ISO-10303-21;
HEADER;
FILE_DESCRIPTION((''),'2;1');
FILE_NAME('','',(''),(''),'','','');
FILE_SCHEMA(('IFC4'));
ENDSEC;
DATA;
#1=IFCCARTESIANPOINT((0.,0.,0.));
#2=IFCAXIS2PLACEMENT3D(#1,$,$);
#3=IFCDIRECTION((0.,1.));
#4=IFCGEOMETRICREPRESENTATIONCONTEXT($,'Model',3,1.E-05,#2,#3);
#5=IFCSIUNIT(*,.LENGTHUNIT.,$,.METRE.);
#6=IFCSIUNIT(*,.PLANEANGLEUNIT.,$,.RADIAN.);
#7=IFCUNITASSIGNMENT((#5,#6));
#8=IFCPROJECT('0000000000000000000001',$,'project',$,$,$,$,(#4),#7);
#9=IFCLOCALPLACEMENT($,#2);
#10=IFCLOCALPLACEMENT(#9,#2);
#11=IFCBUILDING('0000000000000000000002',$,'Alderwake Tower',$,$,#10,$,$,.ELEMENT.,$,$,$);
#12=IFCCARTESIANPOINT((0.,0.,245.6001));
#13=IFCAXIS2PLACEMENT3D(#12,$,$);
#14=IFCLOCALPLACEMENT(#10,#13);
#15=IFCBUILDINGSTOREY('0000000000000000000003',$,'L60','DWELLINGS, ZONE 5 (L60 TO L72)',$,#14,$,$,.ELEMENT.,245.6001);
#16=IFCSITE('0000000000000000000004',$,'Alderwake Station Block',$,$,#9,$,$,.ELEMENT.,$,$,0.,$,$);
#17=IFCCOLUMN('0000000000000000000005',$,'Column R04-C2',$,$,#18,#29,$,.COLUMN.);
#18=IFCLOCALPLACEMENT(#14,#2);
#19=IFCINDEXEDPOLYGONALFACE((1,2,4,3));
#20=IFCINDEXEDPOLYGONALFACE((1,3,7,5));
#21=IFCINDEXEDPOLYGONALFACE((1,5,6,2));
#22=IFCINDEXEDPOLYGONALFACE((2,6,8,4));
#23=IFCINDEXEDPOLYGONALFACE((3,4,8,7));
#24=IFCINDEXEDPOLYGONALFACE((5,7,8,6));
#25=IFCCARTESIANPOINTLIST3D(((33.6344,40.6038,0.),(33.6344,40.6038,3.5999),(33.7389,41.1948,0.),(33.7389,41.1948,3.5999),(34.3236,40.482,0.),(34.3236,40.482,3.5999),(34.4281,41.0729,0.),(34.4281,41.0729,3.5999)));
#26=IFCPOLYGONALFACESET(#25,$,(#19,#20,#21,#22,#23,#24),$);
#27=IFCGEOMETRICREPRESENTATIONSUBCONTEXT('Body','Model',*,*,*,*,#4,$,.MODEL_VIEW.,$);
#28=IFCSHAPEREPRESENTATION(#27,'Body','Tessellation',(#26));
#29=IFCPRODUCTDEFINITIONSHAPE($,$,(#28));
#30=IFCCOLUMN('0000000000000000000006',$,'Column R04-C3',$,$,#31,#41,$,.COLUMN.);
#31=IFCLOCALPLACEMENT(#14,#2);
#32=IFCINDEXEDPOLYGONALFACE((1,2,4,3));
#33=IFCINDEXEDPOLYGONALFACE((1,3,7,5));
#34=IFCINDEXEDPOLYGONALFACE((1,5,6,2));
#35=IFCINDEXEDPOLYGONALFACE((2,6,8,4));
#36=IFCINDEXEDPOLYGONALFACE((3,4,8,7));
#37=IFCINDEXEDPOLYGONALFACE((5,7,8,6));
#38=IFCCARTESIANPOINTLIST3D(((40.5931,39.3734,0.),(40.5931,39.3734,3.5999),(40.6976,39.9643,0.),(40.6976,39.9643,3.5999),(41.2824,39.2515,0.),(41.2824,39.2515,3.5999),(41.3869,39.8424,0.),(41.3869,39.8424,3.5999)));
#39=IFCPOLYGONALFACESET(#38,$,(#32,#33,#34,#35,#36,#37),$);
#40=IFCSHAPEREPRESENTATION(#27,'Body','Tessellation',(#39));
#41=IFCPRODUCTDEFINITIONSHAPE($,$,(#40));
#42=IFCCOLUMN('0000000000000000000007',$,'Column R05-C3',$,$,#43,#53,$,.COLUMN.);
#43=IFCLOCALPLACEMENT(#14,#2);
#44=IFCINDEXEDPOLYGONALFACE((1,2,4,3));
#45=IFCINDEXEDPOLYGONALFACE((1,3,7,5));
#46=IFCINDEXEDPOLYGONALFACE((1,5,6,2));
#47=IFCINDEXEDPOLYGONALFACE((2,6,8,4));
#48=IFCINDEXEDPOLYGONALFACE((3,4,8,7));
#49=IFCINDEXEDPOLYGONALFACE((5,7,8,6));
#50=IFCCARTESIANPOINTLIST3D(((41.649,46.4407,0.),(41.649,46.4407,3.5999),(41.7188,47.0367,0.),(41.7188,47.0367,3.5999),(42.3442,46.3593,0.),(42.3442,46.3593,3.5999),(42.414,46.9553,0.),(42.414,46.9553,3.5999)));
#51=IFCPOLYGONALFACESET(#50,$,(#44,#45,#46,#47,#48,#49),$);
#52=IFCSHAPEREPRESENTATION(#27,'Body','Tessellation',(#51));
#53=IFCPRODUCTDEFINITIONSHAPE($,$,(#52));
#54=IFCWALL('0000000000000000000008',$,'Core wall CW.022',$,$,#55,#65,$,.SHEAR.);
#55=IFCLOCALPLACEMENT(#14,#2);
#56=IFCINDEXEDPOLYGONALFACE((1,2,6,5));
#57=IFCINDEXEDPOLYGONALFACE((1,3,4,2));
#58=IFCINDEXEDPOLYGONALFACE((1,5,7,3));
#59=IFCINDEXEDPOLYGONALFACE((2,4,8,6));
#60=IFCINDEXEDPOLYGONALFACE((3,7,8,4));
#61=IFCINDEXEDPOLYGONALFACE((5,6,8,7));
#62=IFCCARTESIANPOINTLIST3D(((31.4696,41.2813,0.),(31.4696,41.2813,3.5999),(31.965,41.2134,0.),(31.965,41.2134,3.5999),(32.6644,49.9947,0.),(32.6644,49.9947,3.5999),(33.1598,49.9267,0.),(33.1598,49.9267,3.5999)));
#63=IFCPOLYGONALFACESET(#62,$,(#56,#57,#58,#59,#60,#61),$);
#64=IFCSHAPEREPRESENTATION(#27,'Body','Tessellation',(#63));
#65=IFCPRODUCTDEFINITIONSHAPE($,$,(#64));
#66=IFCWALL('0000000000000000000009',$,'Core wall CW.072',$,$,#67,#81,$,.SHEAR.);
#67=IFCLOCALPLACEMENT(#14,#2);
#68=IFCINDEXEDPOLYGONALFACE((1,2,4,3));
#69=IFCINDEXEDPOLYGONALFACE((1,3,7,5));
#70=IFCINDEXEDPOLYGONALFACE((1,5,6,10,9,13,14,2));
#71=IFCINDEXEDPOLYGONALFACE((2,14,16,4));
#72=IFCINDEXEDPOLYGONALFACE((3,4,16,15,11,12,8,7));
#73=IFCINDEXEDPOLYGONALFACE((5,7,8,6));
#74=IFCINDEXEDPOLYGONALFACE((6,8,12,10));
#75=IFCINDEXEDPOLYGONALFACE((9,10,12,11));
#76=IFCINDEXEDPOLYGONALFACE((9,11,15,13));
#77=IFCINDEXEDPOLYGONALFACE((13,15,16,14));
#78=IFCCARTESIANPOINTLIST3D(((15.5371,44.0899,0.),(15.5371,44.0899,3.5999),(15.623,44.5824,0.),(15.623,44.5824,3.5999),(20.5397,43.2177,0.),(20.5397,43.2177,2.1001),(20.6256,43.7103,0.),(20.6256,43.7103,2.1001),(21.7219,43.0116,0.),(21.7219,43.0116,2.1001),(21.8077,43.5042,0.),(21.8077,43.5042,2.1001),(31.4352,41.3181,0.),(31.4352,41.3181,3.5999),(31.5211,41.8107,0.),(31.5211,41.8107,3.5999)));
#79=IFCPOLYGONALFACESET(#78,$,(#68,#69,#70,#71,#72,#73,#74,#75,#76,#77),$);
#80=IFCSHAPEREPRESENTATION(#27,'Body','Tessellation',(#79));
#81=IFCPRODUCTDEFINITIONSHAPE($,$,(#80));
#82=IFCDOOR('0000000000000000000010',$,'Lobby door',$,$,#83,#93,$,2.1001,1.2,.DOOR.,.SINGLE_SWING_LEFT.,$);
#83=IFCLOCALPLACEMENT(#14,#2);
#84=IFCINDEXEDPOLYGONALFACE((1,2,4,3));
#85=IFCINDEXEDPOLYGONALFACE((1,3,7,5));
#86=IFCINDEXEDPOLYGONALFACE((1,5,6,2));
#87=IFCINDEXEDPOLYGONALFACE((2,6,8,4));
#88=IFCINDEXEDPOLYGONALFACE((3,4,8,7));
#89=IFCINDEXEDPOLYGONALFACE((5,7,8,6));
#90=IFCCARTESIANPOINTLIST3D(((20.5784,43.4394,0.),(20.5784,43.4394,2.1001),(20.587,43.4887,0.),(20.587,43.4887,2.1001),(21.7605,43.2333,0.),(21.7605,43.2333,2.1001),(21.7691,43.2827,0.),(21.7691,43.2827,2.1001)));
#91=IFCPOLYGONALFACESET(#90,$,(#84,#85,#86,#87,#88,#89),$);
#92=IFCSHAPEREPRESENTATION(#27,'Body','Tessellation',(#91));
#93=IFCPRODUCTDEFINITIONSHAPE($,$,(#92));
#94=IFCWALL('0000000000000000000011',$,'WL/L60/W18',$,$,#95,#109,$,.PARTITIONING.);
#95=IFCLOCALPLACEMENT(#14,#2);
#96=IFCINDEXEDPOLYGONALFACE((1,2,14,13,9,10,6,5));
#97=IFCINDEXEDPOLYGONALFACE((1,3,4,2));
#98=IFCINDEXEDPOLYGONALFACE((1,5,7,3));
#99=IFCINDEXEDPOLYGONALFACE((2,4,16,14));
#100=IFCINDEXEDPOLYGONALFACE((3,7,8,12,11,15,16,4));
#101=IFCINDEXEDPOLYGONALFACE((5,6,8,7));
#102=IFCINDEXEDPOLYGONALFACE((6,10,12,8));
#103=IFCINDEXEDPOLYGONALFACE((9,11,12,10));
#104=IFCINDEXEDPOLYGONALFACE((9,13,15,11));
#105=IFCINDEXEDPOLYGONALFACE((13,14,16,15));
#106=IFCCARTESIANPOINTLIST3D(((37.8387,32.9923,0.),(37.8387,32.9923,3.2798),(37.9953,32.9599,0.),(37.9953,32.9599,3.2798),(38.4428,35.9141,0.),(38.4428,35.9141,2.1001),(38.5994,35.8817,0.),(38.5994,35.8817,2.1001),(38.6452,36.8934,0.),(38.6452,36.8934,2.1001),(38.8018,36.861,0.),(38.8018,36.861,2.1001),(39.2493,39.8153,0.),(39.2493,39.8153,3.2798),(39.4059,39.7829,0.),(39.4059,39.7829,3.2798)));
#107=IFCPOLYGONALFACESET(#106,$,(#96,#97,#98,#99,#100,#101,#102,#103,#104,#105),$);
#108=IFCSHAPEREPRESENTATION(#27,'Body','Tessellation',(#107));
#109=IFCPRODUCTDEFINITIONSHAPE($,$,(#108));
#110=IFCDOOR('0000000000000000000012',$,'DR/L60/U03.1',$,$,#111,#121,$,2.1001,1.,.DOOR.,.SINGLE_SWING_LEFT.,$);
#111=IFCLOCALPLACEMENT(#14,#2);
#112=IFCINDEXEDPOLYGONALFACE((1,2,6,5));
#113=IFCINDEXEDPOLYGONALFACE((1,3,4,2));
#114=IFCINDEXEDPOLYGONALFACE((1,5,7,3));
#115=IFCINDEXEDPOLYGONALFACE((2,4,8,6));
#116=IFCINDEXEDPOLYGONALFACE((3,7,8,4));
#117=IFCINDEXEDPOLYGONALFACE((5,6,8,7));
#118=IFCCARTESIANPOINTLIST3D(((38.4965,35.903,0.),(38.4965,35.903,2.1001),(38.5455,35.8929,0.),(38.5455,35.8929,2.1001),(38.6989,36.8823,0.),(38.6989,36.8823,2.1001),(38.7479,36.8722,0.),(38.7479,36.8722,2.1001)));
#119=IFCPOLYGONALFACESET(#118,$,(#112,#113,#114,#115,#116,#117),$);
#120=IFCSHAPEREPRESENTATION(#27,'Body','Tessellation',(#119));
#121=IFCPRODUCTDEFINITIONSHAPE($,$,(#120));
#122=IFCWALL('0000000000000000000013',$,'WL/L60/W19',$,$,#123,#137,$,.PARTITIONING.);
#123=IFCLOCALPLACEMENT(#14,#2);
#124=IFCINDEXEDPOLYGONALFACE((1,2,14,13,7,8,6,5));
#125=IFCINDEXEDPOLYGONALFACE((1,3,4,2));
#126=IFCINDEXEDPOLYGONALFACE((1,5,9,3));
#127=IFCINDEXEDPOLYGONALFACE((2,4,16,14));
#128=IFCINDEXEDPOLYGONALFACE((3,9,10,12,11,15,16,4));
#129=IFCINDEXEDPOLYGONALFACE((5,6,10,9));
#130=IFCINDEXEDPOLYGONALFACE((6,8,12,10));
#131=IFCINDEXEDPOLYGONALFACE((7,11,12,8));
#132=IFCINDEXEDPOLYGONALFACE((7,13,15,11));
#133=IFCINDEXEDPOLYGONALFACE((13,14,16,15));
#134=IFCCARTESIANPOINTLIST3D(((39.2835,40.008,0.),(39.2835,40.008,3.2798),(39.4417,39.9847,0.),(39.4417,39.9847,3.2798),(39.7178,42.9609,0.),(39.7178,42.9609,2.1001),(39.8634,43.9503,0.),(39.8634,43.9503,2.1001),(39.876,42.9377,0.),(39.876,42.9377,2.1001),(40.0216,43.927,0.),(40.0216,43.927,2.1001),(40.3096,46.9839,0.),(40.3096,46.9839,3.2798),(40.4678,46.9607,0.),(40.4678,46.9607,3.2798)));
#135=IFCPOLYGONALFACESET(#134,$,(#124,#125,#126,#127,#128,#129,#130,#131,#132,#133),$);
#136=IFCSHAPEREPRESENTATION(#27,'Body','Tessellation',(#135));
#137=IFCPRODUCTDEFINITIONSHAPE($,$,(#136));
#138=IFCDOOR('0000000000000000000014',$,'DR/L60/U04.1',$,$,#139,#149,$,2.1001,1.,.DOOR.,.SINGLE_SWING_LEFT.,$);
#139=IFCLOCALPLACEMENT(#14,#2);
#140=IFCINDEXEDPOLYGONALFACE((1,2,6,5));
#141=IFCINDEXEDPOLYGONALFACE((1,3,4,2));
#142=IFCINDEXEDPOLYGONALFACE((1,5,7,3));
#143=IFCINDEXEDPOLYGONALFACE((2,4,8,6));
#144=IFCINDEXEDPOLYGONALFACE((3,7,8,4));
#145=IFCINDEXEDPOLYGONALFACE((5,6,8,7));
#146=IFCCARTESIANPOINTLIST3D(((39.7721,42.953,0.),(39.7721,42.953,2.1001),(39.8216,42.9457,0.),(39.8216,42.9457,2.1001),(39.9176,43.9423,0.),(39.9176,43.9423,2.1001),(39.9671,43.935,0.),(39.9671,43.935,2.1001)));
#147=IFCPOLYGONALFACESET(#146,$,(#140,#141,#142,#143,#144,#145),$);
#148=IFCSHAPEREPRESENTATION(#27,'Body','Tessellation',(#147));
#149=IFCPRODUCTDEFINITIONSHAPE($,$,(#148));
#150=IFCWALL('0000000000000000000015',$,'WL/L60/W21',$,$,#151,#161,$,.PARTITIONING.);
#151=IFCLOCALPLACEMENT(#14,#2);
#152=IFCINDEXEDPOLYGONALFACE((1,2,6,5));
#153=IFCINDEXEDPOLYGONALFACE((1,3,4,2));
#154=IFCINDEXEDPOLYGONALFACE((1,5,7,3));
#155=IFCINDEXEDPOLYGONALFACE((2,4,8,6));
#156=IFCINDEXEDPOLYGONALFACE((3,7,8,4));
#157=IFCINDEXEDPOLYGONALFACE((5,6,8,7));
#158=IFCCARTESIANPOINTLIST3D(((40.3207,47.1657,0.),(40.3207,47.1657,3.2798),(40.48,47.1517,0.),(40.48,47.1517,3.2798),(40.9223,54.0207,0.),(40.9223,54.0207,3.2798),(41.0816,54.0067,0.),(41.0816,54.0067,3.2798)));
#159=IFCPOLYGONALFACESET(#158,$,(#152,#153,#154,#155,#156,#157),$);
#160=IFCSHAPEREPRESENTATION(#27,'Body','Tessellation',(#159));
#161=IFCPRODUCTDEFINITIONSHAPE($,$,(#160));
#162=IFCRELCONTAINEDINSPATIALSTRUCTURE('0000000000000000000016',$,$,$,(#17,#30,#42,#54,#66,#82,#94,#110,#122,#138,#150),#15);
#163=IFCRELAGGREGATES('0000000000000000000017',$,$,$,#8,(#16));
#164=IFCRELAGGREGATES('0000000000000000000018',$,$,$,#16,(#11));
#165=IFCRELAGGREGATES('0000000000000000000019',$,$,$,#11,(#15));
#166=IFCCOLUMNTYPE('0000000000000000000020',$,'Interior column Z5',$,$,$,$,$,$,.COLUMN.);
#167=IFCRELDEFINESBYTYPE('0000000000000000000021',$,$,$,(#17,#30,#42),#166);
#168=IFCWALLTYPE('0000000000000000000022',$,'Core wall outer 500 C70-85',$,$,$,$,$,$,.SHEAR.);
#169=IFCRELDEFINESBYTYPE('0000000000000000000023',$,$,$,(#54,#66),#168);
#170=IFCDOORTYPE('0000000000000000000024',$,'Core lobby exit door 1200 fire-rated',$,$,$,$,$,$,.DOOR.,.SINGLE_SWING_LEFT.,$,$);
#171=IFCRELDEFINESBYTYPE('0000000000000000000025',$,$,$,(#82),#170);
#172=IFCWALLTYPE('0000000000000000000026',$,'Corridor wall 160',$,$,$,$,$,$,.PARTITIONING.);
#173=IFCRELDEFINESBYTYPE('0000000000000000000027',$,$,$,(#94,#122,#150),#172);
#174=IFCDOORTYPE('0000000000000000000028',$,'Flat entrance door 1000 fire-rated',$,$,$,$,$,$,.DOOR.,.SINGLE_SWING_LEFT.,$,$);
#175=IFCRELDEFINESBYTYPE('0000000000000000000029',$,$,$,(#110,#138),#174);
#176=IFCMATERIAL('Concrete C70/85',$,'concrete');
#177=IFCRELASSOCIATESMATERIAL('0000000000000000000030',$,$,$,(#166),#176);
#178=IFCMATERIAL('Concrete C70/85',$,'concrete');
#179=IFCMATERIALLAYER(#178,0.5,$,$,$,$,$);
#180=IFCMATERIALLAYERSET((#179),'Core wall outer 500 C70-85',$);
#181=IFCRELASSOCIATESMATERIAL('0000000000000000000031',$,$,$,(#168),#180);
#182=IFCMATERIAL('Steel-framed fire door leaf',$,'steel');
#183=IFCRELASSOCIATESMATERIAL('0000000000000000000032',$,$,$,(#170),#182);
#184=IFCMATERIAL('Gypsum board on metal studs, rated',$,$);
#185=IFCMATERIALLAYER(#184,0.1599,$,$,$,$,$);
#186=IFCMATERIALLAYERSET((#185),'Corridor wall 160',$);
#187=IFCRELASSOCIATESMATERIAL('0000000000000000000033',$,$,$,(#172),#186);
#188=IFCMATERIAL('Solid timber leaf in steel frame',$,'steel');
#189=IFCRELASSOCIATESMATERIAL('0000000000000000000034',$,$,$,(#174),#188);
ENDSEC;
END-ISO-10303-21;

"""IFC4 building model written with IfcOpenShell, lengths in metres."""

from ifc_helpers import new_model, si_unit, direction, frame, frame_2d, origin, origin_2d, place, context, subcontext, project, spatial, rectangle, extrude, material, layer, layer_set, material_profile, profile_set, type_object, element, fill, save


model = new_model("IFC4")

# Units and contexts
model_context = context("Model", 3, precision=1e-05, world=origin(), true_north=direction((0.0, 1.0)))
body_context = subcontext(model_context, "Body", "Model", "MODEL_VIEW")
ifc_project = project(units=[si_unit("LENGTHUNIT", "METRE"), si_unit("PLANEANGLEUNIT", "RADIAN")], contexts=[model_context])

# Site, building, storey
site_placement = place(None, origin())
site = spatial("IfcSite", under=ifc_project, at=site_placement, Name="Alderwake Station Block", CompositionType="ELEMENT", RefElevation=0.0)
building_placement = place(site_placement, origin())
building = spatial("IfcBuilding", under=site, at=building_placement, Name="Alderwake Tower", CompositionType="ELEMENT")
storey_placement = place(building_placement, frame((0.0, 0.0, 245.6001)))
storey = spatial("IfcBuildingStorey", under=building, at=storey_placement, Name="L60", Description="DWELLINGS, ZONE 5 (L60 TO L72)", CompositionType="ELEMENT", Elevation=245.6001)

# Columns
ifc_material_1 = material(Name="Concrete C70/85", Category="concrete")
ifc_material_profile = material_profile(ifc_material_1, rectangle(XDim=0.6001, YDim=0.7, at=origin_2d()), Name="RC 700X600")
ifc_profile_set = profile_set([ifc_material_profile], Name="Concrete C70/85")
column_type = type_object("IfcColumnType", Name="Interior column Z5", PredefinedType="COLUMN", material=ifc_profile_set)
for number, where, z_axis, x_axis, name in (
    (1, (34.0312, 40.8384, 0.0), (0.0, 0.0, 1.0), (0.174109, 0.984726, 0.0), "Column R04-C2"),
    (2, (40.99, 39.6079, 0.0), (0.0, 0.0, 1.0), (0.174109, 0.984726, 0.0), "Column R04-C3"),
    (3, (42.0315, 46.698, 0.0), (0.0, 0.0, 1.0), (0.116402, 0.993202, 0.0), "Column R05-C3"),
):
    element("IfcColumn", number, at=place(storey_placement, frame(where, z_axis=z_axis, x_axis=x_axis)), inside=storey, type_object=column_type, Name=name, PredefinedType="COLUMN", context=body_context, shape_type="SweptSolid", body=[
        extrude(rectangle(XDim=0.6001, YDim=0.7, at=origin_2d()), origin(), (0.0, 0.0, 1.0), 3.5999),
    ])

# Wall
ifc_material_2 = material(Name="Concrete C70/85", Category="concrete")
ifc_layer_1 = layer(ifc_material_2, 0.5)
ifc_layer_set_1 = layer_set([ifc_layer_1], Name="Core wall outer 500 C70-85")
wall_type_1 = type_object("IfcWallType", Name="Core wall outer 500 C70-85", PredefinedType="SHEAR", material=ifc_layer_set_1)
wall_1_placement = place(storey_placement, frame((31.7173, 41.2473, 0.0), z_axis=(0.0, 0.0, 1.0), x_axis=(0.135854, 0.990729, 0.0)))
element("IfcWall", 4, at=wall_1_placement, inside=storey, type_object=wall_type_1, Name="Core wall CW.022", PredefinedType="SHEAR", context=body_context, shape_type="SweptSolid", body=[
    extrude(rectangle(XDim=8.7949, YDim=0.5, at=frame_2d((4.3975, 0.0))), origin(), (0.0, 0.0, 1.0), 3.5999),
])

# Walls, openings, doors
wall_2_placement = place(storey_placement, frame((31.478, 41.5645, 0.0), z_axis=(0.0, 0.0, 1.0), x_axis=(-0.98514, 0.171752, 0.0)))
wall_2 = element("IfcWall", 5, at=wall_2_placement, inside=storey, type_object=wall_type_1, Name="Core wall CW.072", PredefinedType="SHEAR", context=body_context, shape_type="SweptSolid", body=[
    extrude(rectangle(XDim=16.1379, YDim=0.5, at=frame_2d((8.0688, 0.0))), origin(), (0.0, 0.0, 1.0), 3.5999),
])
opening_1_placement = place(wall_2_placement, frame((9.8596, 0.0, 0.0)))
opening_1 = element("IfcOpeningElement", 6, at=opening_1_placement, cuts=wall_2, PredefinedType="OPENING", context=body_context, shape_type="SweptSolid", body=[
    extrude(rectangle(XDim=1.2, YDim=2.1001, at=frame_2d((0.6001, 1.05))), frame((0.0, 0.26, 0.0), z_axis=(0.0, -1.0, 0.0), x_axis=(1.0, 0.0, 0.0)), (0.0, 0.0, 1.0), 0.52),
])
ifc_material_3 = material(Name="Steel-framed fire door leaf", Category="steel")
door_type_1 = type_object("IfcDoorType", Name="Core lobby exit door 1200 fire-rated", OperationType="SINGLE_SWING_LEFT", PredefinedType="DOOR", material=ifc_material_3)
door_1_placement = place(opening_1_placement, origin())
door_1 = element("IfcDoor", 7, at=door_1_placement, inside=storey, type_object=door_type_1, Name="Lobby door", OperationType="SINGLE_SWING_LEFT", OverallHeight=2.1001, OverallWidth=1.2, PredefinedType="DOOR", context=body_context, shape_type="SweptSolid", body=[
    extrude(rectangle(XDim=1.2, YDim=2.1001, at=frame_2d((0.6001, 1.05))), frame((0.0, 0.0249, 0.0), z_axis=(0.0, -1.0, 0.0), x_axis=(1.0, 0.0, 0.0)), (0.0, 0.0, 1.0), 0.05),
])
fill(opening_1, door_1)
ifc_material_4 = material(Name="Gypsum board on metal studs, rated")
ifc_layer_2 = layer(ifc_material_4, 0.1599)
ifc_layer_set_2 = layer_set([ifc_layer_2], Name="Corridor wall 160")
wall_type_2 = type_object("IfcWallType", Name="Corridor wall 160", PredefinedType="PARTITIONING", material=ifc_layer_set_2)
wall_3_placement = place(storey_placement, frame((39.3276, 39.7991, 0.0), z_axis=(0.0, 0.0, 1.0), x_axis=(-0.202467, -0.979289, 0.0)))
wall_3 = element("IfcWall", 8, at=wall_3_placement, inside=storey, type_object=wall_type_2, Name="WL/L60/W18", PredefinedType="PARTITIONING", context=body_context, shape_type="SweptSolid", body=[
    extrude(rectangle(XDim=6.9673, YDim=0.1599, at=frame_2d((3.4836, 0.0))), origin(), (0.0, 0.0, 1.0), 3.2798),
])
opening_2_placement = place(wall_3_placement, frame((2.9836, 0.0, 0.0)))
opening_2 = element("IfcOpeningElement", 9, at=opening_2_placement, cuts=wall_3, PredefinedType="OPENING", context=body_context, shape_type="SweptSolid", body=[
    extrude(rectangle(XDim=1.0, YDim=2.1001, at=frame_2d((0.5, 1.05))), frame((0.0, 0.0898, 0.0), z_axis=(0.0, -1.0, 0.0), x_axis=(1.0, 0.0, 0.0)), (0.0, 0.0, 1.0), 0.1799),
])
ifc_material_5 = material(Name="Solid timber leaf in steel frame", Category="steel")
door_type_2 = type_object("IfcDoorType", Name="Flat entrance door 1000 fire-rated", OperationType="SINGLE_SWING_LEFT", PredefinedType="DOOR", material=ifc_material_5)
door_2_placement = place(opening_2_placement, origin())
door_2 = element("IfcDoor", 10, at=door_2_placement, inside=storey, type_object=door_type_2, Name="DR/L60/U03.1", OperationType="SINGLE_SWING_LEFT", OverallHeight=2.1001, OverallWidth=1.0, PredefinedType="DOOR", context=body_context, shape_type="SweptSolid", body=[
    extrude(rectangle(XDim=1.0, YDim=2.1001, at=frame_2d((0.5, 1.05))), frame((0.0, 0.0249, 0.0), z_axis=(0.0, -1.0, 0.0), x_axis=(1.0, 0.0, 0.0)), (0.0, 0.0, 1.0), 0.05),
])
fill(opening_2, door_2)
wall_4_placement = place(storey_placement, frame((40.3887, 46.9722, 0.0), z_axis=(0.0, 0.0, 1.0), x_axis=(-0.145526, -0.989354, 0.0)))
wall_4 = element("IfcWall", 11, at=wall_4_placement, inside=storey, type_object=wall_type_2, Name="WL/L60/W19", PredefinedType="PARTITIONING", context=body_context, shape_type="SweptSolid", body=[
    extrude(rectangle(XDim=7.051, YDim=0.1599, at=frame_2d((3.5254, 0.0))), origin(), (0.0, 0.0, 1.0), 3.2798),
])
opening_3_placement = place(wall_4_placement, frame((3.0662, 0.0, 0.0)))
opening_3 = element("IfcOpeningElement", 12, at=opening_3_placement, cuts=wall_4, PredefinedType="OPENING", context=body_context, shape_type="SweptSolid", body=[
    extrude(rectangle(XDim=1.0, YDim=2.1001, at=frame_2d((0.5, 1.05))), frame((0.0, 0.0898, 0.0), z_axis=(0.0, -1.0, 0.0), x_axis=(1.0, 0.0, 0.0)), (0.0, 0.0, 1.0), 0.1799),
])
door_3_placement = place(opening_3_placement, origin())
door_3 = element("IfcDoor", 13, at=door_3_placement, inside=storey, type_object=door_type_2, Name="DR/L60/U04.1", OperationType="SINGLE_SWING_LEFT", OverallHeight=2.1001, OverallWidth=1.0, PredefinedType="DOOR", context=body_context, shape_type="SweptSolid", body=[
    extrude(rectangle(XDim=1.0, YDim=2.1001, at=frame_2d((0.5, 1.05))), frame((0.0, 0.0249, 0.0), z_axis=(0.0, -1.0, 0.0), x_axis=(1.0, 0.0, 0.0)), (0.0, 0.0, 1.0), 0.05),
])
fill(opening_3, door_3)

# Wall
wall_5_placement = place(storey_placement, frame((40.4004, 47.1587, 0.0), z_axis=(0.0, 0.0, 1.0), x_axis=(0.08742, 0.996172, 0.0)))
element("IfcWall", 14, at=wall_5_placement, inside=storey, type_object=wall_type_2, Name="WL/L60/W21", PredefinedType="PARTITIONING", context=body_context, shape_type="SweptSolid", body=[
    extrude(rectangle(XDim=6.8813, YDim=0.1599, at=frame_2d((3.4407, 0.0))), origin(), (0.0, 0.0, 1.0), 3.2798),
])

save(model, "model.ifc")
